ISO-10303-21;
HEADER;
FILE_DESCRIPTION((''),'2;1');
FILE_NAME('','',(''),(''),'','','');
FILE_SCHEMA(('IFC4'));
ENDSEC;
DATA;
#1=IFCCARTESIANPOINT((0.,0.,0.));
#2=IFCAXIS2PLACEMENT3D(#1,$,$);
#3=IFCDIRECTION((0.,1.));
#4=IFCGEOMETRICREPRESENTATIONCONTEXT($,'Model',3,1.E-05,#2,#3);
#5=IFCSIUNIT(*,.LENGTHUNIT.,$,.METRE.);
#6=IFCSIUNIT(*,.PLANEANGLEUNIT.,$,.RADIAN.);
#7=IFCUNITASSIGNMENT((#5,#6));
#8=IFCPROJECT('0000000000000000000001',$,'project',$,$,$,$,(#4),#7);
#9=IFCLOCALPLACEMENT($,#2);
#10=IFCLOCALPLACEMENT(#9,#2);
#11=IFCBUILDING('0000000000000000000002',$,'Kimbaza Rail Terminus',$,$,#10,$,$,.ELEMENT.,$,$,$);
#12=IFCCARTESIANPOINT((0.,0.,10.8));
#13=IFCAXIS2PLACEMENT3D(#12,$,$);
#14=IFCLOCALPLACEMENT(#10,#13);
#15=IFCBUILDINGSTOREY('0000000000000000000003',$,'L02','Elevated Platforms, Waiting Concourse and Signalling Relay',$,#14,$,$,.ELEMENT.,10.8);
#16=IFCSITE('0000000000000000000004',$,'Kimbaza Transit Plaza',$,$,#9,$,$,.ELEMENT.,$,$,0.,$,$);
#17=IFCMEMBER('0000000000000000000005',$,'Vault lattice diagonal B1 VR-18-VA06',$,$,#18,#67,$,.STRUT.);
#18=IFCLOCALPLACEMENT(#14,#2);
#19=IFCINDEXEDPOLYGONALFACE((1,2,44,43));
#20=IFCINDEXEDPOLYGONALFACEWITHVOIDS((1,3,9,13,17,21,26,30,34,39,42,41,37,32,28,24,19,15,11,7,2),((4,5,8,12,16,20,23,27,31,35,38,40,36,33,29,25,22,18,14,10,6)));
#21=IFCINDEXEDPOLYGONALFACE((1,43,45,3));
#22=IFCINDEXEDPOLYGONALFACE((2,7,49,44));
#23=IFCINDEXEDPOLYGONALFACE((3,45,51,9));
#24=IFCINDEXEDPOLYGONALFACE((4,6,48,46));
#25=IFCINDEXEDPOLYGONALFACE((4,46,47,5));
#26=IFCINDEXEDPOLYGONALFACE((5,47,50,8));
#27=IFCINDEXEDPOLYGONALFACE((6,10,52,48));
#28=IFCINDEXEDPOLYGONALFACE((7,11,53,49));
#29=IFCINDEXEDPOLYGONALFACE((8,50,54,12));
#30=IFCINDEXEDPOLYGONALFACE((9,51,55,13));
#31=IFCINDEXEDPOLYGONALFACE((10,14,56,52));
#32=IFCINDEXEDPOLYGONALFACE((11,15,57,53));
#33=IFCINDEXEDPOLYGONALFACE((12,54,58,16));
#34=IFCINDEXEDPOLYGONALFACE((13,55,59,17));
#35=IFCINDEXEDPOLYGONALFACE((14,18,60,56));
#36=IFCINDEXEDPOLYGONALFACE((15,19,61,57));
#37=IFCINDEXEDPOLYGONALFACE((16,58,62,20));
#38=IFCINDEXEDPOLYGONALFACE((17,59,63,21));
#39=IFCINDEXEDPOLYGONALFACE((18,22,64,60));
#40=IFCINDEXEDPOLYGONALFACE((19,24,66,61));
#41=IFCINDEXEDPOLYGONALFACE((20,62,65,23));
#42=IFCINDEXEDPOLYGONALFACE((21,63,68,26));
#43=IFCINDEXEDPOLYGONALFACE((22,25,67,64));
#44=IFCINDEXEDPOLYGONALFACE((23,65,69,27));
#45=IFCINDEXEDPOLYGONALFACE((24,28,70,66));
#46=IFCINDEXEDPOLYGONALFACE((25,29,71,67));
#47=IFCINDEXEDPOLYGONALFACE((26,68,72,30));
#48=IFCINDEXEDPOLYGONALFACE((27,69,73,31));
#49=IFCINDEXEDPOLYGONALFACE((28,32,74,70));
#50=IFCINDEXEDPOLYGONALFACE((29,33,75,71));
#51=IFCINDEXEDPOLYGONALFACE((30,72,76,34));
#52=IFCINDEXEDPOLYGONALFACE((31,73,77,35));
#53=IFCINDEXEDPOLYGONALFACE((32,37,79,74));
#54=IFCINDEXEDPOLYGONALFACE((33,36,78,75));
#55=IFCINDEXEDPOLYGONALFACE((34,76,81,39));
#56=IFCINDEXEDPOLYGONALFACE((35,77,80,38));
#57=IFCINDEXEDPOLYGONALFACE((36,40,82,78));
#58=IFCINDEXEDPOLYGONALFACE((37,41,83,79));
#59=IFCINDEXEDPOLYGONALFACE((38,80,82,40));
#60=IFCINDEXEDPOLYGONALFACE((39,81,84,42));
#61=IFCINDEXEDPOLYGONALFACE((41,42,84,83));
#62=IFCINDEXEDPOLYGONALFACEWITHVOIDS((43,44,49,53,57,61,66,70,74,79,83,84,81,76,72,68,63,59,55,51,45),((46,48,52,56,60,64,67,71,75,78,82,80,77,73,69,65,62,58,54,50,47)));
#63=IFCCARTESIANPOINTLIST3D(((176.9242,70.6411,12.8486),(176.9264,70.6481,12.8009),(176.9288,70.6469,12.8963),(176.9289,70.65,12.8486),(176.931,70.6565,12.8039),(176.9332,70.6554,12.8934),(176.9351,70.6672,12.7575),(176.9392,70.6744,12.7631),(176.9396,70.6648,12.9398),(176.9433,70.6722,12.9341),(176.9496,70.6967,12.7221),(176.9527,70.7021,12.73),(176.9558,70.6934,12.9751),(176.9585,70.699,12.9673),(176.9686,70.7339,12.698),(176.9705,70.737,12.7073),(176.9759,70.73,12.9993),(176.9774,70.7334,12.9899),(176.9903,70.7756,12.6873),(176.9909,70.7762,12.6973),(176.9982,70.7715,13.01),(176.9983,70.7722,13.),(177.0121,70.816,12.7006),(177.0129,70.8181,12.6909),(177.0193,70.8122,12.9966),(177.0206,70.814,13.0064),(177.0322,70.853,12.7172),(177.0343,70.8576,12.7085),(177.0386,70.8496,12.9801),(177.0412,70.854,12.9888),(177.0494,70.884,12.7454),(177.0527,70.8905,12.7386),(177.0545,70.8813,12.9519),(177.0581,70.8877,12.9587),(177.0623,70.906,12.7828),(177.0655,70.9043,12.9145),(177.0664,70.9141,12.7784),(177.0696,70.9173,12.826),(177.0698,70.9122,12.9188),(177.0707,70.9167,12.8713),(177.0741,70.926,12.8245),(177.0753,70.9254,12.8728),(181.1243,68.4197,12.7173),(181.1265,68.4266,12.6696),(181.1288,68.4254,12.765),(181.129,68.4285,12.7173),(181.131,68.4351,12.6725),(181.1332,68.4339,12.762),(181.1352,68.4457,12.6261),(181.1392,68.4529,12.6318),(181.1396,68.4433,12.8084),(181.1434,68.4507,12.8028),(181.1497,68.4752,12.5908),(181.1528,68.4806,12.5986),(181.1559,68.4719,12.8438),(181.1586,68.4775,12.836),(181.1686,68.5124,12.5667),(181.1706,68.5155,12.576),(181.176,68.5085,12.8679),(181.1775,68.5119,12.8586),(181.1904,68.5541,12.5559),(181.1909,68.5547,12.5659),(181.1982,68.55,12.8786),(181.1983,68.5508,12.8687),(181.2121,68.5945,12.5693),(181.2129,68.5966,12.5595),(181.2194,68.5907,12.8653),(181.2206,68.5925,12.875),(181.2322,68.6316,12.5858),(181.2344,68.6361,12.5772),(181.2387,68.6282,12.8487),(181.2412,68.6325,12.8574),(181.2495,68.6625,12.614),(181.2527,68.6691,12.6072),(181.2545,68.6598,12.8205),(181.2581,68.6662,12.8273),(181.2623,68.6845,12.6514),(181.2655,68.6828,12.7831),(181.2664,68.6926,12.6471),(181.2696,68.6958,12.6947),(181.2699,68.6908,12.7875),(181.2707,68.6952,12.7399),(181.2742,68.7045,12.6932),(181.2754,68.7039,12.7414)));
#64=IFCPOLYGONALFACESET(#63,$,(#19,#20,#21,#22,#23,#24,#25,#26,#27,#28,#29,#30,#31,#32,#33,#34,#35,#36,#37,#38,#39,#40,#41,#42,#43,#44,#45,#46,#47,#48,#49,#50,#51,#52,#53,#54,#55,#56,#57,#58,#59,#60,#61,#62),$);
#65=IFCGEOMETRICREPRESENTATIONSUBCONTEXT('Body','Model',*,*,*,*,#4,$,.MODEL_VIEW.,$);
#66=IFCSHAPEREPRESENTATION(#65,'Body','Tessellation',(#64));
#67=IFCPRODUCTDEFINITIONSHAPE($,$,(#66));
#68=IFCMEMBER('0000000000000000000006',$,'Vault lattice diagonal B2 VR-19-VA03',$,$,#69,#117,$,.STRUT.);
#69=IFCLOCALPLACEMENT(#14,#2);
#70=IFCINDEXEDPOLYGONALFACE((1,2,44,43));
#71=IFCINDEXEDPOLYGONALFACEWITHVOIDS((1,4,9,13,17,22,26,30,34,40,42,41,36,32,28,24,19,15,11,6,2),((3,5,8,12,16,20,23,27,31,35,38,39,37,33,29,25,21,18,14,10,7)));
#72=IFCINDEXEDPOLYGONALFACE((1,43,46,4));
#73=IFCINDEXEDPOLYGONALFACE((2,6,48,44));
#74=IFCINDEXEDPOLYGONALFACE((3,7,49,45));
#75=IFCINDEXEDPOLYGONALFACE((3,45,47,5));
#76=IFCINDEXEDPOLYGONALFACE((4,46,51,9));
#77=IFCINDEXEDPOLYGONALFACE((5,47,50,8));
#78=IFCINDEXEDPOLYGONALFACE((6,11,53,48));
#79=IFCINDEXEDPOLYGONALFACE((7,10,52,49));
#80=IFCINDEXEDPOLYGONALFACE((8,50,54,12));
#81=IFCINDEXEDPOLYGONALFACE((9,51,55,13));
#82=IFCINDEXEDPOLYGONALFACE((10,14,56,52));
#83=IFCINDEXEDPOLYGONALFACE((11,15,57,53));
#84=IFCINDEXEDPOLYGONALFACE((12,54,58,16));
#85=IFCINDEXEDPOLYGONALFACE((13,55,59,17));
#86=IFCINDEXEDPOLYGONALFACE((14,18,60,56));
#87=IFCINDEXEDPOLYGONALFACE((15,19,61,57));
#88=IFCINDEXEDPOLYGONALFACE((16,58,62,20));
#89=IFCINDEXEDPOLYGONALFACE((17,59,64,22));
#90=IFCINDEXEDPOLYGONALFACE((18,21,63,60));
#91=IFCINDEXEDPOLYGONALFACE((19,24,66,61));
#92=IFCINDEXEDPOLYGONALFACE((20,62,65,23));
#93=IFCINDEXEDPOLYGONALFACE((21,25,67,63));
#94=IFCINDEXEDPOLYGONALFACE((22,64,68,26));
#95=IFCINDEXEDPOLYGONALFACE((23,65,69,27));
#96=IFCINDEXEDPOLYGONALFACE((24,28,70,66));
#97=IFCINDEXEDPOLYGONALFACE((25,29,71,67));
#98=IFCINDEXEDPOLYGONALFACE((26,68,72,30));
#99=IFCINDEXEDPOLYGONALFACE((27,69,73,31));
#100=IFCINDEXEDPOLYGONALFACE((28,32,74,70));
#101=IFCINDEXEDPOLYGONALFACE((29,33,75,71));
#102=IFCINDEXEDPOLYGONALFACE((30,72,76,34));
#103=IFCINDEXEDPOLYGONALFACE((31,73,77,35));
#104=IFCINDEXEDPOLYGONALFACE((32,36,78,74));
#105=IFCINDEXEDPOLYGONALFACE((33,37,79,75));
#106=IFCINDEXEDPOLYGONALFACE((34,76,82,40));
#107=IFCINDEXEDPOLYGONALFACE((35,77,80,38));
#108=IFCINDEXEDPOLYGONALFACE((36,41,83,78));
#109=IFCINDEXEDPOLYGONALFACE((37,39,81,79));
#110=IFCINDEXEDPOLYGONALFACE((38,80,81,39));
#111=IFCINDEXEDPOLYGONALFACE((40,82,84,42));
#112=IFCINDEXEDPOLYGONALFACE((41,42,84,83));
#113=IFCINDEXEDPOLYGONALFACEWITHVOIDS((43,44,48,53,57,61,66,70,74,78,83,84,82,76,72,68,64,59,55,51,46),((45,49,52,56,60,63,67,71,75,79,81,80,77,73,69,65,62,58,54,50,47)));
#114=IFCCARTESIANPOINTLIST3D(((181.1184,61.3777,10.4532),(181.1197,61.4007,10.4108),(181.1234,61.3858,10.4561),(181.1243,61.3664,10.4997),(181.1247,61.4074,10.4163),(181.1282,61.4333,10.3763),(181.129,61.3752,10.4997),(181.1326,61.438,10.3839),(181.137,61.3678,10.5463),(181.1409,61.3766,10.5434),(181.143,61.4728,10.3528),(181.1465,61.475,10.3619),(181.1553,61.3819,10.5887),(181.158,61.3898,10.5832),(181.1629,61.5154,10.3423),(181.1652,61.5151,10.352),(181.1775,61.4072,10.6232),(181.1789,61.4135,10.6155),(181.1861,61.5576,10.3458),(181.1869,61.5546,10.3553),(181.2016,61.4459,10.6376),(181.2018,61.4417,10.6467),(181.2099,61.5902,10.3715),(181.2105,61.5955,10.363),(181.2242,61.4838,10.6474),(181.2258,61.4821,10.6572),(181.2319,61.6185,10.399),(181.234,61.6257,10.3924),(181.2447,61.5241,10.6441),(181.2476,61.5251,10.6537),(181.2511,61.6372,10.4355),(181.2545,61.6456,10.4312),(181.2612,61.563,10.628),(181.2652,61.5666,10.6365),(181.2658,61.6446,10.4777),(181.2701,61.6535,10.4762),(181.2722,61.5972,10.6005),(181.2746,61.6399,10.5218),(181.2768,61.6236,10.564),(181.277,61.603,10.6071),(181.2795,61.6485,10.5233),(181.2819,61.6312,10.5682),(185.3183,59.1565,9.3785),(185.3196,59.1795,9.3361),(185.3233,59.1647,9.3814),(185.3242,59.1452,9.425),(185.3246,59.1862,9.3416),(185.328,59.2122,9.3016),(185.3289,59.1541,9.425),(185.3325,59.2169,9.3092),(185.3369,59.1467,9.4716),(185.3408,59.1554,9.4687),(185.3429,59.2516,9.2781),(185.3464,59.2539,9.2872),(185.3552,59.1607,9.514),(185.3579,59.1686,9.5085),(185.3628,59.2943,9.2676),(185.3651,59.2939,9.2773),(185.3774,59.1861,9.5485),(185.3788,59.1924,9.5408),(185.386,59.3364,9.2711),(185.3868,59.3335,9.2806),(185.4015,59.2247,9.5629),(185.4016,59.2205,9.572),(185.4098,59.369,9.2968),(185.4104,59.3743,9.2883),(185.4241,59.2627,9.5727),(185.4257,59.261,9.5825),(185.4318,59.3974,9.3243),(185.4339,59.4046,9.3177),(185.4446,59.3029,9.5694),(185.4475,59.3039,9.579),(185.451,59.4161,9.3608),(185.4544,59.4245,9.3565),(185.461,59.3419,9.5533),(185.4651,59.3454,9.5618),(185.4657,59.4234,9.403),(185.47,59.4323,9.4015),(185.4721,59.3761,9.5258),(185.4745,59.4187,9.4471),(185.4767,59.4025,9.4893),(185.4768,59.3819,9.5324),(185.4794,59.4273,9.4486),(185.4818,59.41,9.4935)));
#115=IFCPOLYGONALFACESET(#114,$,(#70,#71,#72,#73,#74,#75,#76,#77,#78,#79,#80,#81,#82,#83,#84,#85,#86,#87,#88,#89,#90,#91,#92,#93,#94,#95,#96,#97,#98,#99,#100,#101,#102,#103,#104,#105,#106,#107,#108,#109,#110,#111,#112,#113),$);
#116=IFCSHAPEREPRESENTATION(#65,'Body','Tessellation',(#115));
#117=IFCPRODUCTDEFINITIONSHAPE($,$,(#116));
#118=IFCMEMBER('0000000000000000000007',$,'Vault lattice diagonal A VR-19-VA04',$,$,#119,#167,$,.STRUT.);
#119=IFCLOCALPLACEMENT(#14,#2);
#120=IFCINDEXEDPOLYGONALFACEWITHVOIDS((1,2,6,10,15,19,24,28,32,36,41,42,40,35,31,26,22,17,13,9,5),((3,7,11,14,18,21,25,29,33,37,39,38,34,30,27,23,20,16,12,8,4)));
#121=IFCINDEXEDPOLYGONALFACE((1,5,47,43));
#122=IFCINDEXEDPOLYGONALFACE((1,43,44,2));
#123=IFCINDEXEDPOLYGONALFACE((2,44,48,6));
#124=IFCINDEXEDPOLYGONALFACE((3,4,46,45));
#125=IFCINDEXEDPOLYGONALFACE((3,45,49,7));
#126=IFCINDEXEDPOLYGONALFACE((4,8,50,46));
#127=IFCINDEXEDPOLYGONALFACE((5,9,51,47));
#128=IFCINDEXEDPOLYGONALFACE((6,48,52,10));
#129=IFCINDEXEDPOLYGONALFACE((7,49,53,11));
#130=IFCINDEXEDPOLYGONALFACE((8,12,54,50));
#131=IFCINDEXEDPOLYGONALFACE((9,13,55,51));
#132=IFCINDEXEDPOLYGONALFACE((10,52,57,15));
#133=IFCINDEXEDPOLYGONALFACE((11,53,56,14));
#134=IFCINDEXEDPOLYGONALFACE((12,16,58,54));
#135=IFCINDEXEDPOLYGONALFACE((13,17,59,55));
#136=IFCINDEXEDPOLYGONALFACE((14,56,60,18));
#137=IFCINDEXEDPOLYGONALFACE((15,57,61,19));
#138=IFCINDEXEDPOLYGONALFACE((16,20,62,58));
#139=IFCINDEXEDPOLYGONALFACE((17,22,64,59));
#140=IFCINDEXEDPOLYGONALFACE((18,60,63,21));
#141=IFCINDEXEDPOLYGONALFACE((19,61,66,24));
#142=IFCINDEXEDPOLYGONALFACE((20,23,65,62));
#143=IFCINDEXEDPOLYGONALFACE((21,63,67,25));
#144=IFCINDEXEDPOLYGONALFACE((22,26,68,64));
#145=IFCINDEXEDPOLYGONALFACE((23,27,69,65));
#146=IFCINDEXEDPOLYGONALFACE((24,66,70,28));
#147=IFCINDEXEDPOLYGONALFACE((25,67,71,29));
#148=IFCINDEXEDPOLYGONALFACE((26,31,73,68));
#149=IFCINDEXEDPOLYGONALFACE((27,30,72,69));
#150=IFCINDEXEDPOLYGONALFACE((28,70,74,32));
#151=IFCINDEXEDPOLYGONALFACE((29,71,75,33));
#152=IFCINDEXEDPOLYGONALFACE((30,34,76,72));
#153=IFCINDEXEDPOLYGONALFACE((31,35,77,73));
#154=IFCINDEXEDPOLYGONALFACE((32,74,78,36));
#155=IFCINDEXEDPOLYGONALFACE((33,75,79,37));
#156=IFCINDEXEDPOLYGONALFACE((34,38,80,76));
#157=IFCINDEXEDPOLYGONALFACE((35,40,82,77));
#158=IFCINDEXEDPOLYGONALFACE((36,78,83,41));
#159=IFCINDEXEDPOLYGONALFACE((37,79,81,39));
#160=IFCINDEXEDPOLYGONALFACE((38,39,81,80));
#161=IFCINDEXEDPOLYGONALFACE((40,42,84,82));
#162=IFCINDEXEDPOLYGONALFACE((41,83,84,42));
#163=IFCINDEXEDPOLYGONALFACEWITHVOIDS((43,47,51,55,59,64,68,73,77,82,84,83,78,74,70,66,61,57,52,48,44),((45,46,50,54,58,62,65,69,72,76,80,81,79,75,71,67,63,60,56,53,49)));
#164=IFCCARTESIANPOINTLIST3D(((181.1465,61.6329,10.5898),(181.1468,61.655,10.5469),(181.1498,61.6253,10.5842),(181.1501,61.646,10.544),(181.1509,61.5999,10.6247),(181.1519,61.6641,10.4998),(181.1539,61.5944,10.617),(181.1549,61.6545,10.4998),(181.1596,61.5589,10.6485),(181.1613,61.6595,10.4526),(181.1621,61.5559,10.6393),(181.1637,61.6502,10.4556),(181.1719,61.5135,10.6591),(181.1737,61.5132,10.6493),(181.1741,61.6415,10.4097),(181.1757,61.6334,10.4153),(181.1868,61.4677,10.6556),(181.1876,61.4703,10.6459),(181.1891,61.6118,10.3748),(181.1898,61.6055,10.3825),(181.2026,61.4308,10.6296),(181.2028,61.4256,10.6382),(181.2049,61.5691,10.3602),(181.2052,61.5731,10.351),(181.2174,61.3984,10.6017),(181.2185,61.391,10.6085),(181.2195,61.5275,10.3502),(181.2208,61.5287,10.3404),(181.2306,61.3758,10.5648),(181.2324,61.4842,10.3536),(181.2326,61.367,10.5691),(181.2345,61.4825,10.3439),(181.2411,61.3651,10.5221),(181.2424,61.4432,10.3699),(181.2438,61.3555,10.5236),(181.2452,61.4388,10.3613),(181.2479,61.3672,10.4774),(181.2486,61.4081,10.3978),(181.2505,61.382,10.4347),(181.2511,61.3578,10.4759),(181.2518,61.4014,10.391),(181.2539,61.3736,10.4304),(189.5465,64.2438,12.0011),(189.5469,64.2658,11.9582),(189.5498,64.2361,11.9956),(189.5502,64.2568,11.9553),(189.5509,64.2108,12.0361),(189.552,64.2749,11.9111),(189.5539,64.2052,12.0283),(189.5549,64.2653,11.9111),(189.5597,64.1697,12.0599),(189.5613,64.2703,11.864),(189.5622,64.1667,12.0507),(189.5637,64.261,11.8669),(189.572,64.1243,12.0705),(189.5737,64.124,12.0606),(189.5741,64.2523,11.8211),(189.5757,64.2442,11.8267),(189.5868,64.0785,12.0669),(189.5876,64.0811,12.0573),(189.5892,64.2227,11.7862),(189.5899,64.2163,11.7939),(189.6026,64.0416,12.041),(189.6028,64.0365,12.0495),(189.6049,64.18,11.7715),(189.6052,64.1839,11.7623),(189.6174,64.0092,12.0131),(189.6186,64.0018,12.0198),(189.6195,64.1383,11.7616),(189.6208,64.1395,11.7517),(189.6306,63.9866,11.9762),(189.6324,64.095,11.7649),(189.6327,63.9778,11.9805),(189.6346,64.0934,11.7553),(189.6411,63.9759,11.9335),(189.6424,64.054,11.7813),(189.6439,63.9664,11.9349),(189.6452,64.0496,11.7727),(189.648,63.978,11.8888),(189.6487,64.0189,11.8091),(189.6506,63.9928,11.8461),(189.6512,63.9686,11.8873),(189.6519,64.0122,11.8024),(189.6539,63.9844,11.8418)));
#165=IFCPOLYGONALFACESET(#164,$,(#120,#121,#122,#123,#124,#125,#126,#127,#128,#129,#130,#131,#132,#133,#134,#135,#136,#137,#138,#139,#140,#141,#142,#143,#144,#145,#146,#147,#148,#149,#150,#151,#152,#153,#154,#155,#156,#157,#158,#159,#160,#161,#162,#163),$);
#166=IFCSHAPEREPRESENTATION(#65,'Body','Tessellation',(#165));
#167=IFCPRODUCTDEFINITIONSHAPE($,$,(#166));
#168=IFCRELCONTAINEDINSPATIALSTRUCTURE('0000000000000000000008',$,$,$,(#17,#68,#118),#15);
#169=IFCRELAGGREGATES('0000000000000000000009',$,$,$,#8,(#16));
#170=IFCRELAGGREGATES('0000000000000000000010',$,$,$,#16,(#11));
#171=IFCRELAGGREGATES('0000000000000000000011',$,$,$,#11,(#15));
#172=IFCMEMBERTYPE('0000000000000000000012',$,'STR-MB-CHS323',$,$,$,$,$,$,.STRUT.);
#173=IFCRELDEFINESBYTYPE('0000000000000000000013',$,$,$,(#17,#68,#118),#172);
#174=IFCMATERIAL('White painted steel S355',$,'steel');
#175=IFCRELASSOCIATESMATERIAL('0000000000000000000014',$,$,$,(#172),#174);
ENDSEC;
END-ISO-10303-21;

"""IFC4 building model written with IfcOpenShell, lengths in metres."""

from ifc_helpers import new_model, si_unit, direction, frame, origin, origin_2d, place, context, subcontext, project, spatial, hollow_circle, extrude, material, material_profile, profile_set, type_object, element, save


model = new_model("IFC4")

# Units and contexts
model_context = context("Model", 3, precision=1e-05, world=origin(), true_north=direction((0.0, 1.0)))
body_context = subcontext(model_context, "Body", "Model", "MODEL_VIEW")
ifc_project = project(units=[si_unit("LENGTHUNIT", "METRE"), si_unit("PLANEANGLEUNIT", "RADIAN")], contexts=[model_context])

# Site, building, storey
site_placement = place(None, origin())
site = spatial("IfcSite", under=ifc_project, at=site_placement, Name="Kimbaza Transit Plaza", CompositionType="ELEMENT", RefElevation=0.0)
building_placement = place(site_placement, origin())
building = spatial("IfcBuilding", under=site, at=building_placement, Name="Kimbaza Rail Terminus", CompositionType="ELEMENT")
storey_placement = place(building_placement, frame((0.0, 0.0, 10.8)))
storey = spatial("IfcBuildingStorey", under=building, at=storey_placement, Name="L02", Description="Elevated Platforms, Waiting Concourse and Signalling Relay", CompositionType="ELEMENT", Elevation=10.8)

# Members
ifc_material_1 = material(Name="White painted steel S355", Category="steel")
ifc_material_profile_1 = material_profile(ifc_material_1, hollow_circle(Radius=0.1619, WallThickness=0.01, at=origin_2d()), Name="CHS 323.9x10")
ifc_profile_set_1 = profile_set([ifc_material_profile_1], Name="White painted steel S355")
member_type_1 = type_object("IfcMemberType", Name="STR-MB-CHS323", PredefinedType="STRUT", material=ifc_profile_set_1)
member_1_placement = place(storey_placement, frame((181.2, 68.5627, 12.7173), z_axis=(-0.88363, 0.467369, 0.027634), x_axis=(-0.467548, -0.883968, 0.0)))
element("IfcMember", 1, at=member_1_placement, inside=storey, type_object=member_type_1, Name="Vault lattice diagonal B1 VR-18-VA06", PredefinedType="STRUT", context=body_context, shape_type="SweptSolid", body=[
    extrude(hollow_circle(Radius=0.1619, WallThickness=0.01, at=origin_2d()), origin(), (0.0, 0.0, 1.0), 4.7532),
])
member_2_placement = place(storey_placement, frame((185.3999, 59.2883, 9.425), z_axis=(-0.862206, 0.455987, 0.220626), x_axis=(-0.467508, -0.883989, 0.0)))
element("IfcMember", 2, at=member_2_placement, inside=storey, type_object=member_type_1, Name="Vault lattice diagonal B2 VR-19-VA03", PredefinedType="STRUT", context=body_context, shape_type="SweptSolid", body=[
    extrude(hollow_circle(Radius=0.1619, WallThickness=0.01, at=origin_2d()), origin(), (0.0, 0.0, 1.0), 4.8711),
])
member_3_placement = place(storey_placement, frame((181.2, 61.5095, 10.4998), z_axis=(0.942879, 0.293055, 0.158421), x_axis=(-0.296803, 0.954939, 0.0)))
element("IfcMember", 3, at=member_3_placement, inside=storey, type_object=member_type_1, Name="Vault lattice diagonal A VR-19-VA04", PredefinedType="STRUT", context=body_context, shape_type="SweptSolid", body=[
    extrude(hollow_circle(Radius=0.1619, WallThickness=0.01, at=origin_2d()), origin(), (0.0, 0.0, 1.0), 8.9089),
])

save(model, "model.ifc")
